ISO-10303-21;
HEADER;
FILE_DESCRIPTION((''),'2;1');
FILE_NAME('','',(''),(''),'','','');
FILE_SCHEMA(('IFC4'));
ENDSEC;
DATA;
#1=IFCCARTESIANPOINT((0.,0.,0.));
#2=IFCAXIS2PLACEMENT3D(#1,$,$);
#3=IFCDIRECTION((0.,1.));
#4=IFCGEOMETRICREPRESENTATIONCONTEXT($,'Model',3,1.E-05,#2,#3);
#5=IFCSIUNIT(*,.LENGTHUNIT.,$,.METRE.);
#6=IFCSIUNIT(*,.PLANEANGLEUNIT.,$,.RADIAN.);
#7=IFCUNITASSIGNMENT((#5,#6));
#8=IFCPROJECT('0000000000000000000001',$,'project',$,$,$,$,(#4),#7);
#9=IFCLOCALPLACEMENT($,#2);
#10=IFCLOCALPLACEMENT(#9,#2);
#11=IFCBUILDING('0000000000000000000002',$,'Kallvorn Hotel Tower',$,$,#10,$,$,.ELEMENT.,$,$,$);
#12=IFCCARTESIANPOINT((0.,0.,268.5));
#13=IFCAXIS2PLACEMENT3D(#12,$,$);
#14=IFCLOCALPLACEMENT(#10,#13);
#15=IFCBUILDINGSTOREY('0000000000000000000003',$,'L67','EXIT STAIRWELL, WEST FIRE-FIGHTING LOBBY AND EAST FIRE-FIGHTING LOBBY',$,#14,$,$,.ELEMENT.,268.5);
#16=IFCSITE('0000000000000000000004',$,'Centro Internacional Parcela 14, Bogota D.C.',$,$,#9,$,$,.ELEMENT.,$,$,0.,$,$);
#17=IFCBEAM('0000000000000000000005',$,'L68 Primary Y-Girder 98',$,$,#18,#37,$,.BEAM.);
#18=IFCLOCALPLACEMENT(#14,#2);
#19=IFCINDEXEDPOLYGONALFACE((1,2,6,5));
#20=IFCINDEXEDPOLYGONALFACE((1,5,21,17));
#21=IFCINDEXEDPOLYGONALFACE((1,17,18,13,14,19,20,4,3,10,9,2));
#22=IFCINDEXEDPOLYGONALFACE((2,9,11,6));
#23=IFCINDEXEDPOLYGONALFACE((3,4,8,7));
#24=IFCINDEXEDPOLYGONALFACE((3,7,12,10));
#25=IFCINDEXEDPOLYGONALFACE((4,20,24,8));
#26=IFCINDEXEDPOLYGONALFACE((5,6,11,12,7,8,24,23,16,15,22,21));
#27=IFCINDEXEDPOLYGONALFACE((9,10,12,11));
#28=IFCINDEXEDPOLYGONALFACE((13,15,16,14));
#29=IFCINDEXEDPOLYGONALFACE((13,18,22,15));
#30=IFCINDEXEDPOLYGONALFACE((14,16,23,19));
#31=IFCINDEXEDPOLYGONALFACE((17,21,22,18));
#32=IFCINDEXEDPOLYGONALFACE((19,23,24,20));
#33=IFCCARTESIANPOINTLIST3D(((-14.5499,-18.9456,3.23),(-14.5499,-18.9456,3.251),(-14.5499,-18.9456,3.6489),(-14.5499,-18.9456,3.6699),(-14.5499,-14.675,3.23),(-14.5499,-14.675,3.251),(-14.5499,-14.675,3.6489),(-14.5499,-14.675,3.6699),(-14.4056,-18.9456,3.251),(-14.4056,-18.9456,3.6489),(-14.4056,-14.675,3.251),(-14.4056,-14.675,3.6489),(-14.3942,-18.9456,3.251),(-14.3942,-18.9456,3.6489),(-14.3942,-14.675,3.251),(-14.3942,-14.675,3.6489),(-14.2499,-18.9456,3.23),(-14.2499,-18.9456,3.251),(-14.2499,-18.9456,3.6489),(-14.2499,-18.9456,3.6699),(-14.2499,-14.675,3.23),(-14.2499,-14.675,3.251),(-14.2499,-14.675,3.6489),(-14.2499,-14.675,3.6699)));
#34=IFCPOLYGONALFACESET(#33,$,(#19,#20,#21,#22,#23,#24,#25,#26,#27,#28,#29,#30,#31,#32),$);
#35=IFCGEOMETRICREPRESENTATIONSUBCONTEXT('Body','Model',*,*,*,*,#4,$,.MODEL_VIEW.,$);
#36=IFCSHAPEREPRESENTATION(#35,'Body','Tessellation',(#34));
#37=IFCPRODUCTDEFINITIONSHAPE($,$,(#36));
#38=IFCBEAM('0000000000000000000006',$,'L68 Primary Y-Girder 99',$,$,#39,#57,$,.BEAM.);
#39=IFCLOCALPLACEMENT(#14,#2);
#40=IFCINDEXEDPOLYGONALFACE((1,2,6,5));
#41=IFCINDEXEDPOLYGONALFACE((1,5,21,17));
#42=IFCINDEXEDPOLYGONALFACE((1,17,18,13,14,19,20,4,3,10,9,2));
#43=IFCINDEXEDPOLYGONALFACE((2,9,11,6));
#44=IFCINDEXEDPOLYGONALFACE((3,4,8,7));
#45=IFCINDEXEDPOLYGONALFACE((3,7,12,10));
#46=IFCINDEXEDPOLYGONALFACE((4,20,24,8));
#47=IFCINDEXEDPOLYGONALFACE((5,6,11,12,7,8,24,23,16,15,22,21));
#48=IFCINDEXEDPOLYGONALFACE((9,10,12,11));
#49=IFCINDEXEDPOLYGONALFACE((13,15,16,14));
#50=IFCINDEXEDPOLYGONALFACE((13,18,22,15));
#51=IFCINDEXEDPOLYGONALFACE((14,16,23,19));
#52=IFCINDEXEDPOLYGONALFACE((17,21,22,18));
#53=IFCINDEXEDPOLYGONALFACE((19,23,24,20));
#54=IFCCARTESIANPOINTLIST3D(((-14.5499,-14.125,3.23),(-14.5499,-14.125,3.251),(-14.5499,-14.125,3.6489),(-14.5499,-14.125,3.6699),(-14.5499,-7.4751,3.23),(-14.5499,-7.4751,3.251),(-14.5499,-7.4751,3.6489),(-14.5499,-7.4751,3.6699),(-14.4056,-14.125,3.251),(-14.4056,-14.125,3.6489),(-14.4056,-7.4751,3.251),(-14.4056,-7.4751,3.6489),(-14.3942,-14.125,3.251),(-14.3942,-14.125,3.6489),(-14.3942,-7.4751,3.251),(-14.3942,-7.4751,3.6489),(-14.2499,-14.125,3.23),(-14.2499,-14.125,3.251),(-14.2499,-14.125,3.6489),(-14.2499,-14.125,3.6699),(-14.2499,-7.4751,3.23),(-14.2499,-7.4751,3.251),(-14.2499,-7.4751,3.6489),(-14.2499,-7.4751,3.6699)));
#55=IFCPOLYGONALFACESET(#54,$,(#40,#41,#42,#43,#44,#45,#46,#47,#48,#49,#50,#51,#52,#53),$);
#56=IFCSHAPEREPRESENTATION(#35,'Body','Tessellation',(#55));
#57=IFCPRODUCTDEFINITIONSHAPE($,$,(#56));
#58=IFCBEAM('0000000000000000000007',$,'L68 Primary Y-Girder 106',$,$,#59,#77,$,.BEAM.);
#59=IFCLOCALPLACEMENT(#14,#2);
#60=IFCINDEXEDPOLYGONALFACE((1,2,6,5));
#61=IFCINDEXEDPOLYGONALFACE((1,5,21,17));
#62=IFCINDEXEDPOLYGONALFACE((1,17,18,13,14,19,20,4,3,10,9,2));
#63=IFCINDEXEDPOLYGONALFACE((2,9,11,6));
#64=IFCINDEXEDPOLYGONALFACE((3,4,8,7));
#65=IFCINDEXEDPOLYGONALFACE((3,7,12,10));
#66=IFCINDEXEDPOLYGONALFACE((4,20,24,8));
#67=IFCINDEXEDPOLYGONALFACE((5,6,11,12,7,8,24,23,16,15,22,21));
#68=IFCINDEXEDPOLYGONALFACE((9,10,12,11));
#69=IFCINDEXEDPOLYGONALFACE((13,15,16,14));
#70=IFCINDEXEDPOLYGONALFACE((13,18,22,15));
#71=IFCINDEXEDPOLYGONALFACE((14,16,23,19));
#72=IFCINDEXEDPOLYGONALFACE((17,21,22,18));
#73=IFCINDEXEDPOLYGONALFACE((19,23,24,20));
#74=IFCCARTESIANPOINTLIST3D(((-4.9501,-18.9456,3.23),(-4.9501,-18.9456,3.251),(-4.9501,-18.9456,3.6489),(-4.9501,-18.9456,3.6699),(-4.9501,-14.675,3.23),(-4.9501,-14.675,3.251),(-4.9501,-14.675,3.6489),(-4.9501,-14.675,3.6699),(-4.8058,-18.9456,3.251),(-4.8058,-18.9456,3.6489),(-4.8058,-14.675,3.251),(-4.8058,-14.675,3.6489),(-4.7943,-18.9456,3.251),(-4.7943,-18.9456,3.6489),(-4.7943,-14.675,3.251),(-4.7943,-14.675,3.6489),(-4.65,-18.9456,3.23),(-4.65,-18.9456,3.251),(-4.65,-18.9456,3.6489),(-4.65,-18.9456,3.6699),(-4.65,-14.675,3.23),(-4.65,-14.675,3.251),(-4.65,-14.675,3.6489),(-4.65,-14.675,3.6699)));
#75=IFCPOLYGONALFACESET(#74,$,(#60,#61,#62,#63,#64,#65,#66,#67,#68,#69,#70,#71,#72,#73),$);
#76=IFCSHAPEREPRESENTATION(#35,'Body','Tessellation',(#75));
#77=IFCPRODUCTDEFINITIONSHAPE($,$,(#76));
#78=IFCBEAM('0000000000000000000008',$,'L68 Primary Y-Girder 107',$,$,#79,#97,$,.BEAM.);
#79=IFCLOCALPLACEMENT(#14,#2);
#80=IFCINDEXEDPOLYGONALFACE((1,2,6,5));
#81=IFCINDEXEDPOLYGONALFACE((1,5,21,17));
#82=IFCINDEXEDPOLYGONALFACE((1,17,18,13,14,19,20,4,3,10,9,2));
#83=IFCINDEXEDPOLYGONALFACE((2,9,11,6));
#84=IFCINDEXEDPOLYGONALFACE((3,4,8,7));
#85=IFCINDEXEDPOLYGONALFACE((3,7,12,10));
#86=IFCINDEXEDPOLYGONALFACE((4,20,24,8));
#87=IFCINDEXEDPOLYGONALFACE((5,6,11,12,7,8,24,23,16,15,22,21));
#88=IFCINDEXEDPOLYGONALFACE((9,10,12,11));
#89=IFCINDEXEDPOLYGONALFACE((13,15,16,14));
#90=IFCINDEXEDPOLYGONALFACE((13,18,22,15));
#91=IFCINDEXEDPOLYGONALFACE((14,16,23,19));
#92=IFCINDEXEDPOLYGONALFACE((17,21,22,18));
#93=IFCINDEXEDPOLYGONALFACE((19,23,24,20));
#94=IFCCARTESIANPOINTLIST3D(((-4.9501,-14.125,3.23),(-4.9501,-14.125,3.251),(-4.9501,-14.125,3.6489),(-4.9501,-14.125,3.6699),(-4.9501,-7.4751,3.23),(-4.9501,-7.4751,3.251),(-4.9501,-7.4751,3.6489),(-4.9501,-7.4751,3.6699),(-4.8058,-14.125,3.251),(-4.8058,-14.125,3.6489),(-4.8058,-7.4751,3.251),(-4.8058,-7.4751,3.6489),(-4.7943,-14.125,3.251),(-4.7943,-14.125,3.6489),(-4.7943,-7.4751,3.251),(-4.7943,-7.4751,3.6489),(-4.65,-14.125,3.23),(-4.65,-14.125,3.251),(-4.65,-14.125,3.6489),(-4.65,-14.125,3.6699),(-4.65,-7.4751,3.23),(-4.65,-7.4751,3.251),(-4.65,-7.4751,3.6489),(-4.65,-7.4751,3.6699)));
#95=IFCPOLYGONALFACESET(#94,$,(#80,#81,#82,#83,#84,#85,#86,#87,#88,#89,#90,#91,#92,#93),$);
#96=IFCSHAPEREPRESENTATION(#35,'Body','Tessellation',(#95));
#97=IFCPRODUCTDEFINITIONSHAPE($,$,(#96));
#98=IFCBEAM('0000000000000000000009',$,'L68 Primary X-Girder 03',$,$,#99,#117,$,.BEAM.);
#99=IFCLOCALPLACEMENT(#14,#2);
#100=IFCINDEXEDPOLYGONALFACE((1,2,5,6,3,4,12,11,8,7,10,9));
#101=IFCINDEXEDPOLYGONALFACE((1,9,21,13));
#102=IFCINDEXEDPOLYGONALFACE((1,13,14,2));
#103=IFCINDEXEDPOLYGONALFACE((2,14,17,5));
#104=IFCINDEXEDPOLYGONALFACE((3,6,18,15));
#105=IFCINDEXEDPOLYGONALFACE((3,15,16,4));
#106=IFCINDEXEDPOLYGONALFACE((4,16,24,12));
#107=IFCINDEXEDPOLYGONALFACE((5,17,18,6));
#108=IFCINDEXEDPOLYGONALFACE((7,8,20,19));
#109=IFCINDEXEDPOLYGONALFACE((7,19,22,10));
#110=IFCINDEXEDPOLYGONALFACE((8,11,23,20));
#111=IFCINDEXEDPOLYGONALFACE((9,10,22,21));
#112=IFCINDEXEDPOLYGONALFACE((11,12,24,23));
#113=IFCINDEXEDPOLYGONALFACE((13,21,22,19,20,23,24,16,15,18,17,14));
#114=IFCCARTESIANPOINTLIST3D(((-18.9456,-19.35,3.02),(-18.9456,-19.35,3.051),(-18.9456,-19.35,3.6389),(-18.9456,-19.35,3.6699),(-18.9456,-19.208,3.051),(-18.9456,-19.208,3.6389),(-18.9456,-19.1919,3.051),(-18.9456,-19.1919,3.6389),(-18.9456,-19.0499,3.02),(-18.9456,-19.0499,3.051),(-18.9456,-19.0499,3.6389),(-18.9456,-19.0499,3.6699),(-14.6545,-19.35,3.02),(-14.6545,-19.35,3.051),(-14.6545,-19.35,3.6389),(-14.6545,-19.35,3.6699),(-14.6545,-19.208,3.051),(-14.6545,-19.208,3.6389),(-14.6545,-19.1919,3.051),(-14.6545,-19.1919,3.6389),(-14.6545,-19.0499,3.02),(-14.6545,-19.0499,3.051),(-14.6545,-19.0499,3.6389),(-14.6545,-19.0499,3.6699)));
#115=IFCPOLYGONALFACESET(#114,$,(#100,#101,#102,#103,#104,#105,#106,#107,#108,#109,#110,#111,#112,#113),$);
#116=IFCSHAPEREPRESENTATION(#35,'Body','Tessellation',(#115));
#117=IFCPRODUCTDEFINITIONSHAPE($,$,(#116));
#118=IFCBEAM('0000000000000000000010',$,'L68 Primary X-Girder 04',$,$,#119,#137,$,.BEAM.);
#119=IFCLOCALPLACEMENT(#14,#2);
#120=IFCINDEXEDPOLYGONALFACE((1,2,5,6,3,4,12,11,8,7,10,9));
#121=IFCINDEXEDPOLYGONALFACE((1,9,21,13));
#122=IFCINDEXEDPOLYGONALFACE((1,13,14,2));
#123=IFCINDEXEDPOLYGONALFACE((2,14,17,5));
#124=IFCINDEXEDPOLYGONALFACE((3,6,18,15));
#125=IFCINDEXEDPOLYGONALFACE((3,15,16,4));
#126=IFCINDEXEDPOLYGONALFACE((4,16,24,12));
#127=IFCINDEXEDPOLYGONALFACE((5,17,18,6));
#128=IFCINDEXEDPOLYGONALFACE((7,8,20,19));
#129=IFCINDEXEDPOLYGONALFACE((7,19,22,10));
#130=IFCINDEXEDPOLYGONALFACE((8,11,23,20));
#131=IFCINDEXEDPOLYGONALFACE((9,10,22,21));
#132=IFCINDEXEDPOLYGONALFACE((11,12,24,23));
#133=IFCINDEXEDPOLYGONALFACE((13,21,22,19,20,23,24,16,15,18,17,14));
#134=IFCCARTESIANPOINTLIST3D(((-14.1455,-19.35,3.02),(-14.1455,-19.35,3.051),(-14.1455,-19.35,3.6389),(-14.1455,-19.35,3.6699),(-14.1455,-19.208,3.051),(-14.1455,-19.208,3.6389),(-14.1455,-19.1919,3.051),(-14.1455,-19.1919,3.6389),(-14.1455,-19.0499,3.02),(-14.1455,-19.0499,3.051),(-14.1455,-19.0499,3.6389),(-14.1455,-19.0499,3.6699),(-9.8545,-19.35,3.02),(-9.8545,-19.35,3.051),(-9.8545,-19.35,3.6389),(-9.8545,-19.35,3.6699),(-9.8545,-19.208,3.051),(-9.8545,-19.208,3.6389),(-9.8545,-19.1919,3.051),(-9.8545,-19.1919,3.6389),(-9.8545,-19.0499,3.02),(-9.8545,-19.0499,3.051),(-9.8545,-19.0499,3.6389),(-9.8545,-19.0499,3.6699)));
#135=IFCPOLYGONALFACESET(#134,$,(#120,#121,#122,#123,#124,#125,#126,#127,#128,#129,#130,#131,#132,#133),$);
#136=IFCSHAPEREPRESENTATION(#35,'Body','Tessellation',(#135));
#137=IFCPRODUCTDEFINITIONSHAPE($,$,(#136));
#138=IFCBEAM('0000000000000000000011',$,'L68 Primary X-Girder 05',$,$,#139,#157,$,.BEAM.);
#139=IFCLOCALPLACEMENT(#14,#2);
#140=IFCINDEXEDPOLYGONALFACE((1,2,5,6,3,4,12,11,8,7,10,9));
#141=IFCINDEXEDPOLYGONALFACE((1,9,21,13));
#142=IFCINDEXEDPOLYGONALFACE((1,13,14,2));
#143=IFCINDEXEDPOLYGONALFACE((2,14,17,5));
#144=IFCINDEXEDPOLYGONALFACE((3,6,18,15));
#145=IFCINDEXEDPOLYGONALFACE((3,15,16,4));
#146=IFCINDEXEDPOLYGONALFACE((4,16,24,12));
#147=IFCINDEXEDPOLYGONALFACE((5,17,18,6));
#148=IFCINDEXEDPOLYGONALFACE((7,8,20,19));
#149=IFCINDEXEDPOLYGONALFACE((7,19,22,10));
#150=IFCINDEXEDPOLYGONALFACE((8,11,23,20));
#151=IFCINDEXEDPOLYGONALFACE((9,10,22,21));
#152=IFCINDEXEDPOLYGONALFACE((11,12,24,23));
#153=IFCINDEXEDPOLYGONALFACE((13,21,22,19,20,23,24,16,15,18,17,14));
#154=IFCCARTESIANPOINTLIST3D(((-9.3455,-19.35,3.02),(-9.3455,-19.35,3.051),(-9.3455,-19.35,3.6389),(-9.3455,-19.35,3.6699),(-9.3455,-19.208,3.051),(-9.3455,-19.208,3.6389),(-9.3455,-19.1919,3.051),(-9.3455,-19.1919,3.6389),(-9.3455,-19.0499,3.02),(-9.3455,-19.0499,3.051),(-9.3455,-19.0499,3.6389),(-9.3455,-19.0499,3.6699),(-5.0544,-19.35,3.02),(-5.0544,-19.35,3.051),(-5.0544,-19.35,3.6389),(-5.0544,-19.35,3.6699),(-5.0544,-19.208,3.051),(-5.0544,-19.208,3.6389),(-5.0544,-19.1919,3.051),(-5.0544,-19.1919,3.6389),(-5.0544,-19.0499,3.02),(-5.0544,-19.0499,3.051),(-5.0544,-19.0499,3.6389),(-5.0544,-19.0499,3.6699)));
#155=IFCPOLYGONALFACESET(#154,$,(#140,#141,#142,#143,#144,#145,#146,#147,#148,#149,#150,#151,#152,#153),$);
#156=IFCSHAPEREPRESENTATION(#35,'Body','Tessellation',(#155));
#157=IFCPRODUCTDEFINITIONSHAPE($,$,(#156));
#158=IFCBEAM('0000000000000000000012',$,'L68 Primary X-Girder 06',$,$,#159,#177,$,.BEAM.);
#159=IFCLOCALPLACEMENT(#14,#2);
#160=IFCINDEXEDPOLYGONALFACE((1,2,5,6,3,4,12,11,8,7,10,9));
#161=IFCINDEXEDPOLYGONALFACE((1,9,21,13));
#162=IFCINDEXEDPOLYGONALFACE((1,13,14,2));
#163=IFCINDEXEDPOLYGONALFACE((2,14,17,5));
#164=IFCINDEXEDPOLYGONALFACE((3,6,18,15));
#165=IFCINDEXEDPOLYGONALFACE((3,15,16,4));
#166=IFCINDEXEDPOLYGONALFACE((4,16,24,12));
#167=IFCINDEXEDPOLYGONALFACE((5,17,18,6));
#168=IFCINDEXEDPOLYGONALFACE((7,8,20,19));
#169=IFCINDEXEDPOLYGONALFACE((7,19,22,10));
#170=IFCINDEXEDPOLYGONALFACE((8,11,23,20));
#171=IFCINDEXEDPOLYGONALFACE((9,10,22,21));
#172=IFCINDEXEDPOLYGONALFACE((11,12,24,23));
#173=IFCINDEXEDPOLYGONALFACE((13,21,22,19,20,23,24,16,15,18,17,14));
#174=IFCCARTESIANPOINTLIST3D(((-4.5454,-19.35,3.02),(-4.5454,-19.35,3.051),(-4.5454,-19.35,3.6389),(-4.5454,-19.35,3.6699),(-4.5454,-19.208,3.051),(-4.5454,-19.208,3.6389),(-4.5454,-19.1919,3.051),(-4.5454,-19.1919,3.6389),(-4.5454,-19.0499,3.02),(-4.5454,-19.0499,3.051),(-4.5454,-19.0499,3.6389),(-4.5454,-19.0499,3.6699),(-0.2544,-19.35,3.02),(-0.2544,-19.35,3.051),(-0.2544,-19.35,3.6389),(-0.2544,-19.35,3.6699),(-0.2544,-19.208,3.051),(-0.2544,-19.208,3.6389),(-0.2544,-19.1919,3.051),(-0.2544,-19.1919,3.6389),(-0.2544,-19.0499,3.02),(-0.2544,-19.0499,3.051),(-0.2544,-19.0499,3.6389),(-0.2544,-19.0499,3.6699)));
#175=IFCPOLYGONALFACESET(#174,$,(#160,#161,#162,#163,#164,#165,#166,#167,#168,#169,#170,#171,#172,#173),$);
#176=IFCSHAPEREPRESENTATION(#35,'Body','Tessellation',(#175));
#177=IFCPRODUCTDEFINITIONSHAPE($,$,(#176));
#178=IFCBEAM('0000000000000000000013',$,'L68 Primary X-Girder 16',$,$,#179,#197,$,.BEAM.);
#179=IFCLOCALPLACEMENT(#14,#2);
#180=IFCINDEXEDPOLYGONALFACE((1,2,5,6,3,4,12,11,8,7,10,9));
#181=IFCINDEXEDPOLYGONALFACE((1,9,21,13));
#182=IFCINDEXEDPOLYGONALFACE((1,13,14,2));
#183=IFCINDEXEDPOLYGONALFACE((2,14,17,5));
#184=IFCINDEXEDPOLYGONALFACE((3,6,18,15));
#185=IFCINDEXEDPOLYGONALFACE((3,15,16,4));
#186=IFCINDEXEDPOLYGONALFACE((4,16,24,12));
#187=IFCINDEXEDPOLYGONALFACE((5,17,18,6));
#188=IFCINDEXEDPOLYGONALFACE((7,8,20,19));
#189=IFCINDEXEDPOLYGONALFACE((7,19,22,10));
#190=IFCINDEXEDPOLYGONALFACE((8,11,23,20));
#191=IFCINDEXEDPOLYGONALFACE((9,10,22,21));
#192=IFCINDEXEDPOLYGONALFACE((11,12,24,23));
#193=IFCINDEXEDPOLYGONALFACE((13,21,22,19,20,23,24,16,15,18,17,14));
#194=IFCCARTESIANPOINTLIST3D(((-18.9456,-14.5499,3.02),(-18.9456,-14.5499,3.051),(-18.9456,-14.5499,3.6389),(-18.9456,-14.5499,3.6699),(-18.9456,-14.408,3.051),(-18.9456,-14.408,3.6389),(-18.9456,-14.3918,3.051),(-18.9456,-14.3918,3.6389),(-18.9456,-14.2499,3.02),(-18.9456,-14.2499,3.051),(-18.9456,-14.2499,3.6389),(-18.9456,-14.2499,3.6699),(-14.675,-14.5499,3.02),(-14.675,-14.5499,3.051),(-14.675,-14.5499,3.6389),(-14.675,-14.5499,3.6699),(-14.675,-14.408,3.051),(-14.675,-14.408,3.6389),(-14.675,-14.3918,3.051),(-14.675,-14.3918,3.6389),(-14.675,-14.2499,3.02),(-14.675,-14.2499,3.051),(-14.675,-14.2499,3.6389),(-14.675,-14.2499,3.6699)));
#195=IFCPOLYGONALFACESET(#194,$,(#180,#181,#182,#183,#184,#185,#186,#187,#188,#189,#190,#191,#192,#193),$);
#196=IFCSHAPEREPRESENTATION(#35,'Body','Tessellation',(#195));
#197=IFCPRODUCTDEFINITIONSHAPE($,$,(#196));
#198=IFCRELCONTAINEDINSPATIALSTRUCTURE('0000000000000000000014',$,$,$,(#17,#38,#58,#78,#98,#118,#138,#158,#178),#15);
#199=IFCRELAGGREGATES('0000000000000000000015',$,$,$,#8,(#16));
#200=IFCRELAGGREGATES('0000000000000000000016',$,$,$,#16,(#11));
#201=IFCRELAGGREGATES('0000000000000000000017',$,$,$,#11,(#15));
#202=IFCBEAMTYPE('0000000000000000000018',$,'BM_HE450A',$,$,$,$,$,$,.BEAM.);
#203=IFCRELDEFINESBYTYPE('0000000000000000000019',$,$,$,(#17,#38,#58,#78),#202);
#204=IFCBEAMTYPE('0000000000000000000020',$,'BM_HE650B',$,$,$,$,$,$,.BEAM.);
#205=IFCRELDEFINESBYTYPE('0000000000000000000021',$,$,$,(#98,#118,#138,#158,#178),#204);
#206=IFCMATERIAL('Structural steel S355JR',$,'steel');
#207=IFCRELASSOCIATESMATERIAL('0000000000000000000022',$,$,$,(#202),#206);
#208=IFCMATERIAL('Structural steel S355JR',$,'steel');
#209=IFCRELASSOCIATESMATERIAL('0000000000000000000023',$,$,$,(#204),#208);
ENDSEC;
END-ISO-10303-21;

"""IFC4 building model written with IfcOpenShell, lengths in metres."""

from ifc_helpers import new_model, si_unit, direction, frame, origin, origin_2d, place, context, subcontext, project, spatial, i_section, extrude, material, material_profile, profile_set, type_object, element, save


model = new_model("IFC4")

# Units and contexts
model_context = context("Model", 3, precision=1e-05, world=origin(), true_north=direction((0.0, 1.0)))
body_context = subcontext(model_context, "Body", "Model", "MODEL_VIEW")
ifc_project = project(units=[si_unit("LENGTHUNIT", "METRE"), si_unit("PLANEANGLEUNIT", "RADIAN")], contexts=[model_context])

# Site, building, storey
site_placement = place(None, origin())
site = spatial("IfcSite", under=ifc_project, at=site_placement, Name="Centro Internacional Parcela 14, Bogota D.C.", CompositionType="ELEMENT", RefElevation=0.0)
building_placement = place(site_placement, origin())
building = spatial("IfcBuilding", under=site, at=building_placement, Name="Kallvorn Hotel Tower", CompositionType="ELEMENT")
storey_placement = place(building_placement, frame((0.0, 0.0, 268.5)))
storey = spatial("IfcBuildingStorey", under=building, at=storey_placement, Name="L67", Description="EXIT STAIRWELL, WEST FIRE-FIGHTING LOBBY AND EAST FIRE-FIGHTING LOBBY", CompositionType="ELEMENT", Elevation=268.5)

# Beams
ifc_material_1 = material(Name="Structural steel S355JR", Category="steel")
ifc_material_profile_1 = material_profile(ifc_material_1, i_section(OverallWidth=0.3, OverallDepth=0.4399, WebThickness=0.0115, FlangeThickness=0.021, at=origin_2d()), Name="HE 450 A")
ifc_profile_set_1 = profile_set([ifc_material_profile_1], Name="Structural steel S355JR")
beam_type_1 = type_object("IfcBeamType", Name="BM_HE450A", PredefinedType="BEAM", material=ifc_profile_set_1)
beam_1_placement = place(storey_placement, frame((-14.3999, -18.9456, 3.45), z_axis=(0.0, 1.0, 0.0), x_axis=(-1.0, 0.0, 0.0)))
element("IfcBeam", 1, at=beam_1_placement, inside=storey, type_object=beam_type_1, Name="L68 Primary Y-Girder 98", PredefinedType="BEAM", context=body_context, shape_type="SweptSolid", body=[
    extrude(i_section(OverallWidth=0.3, OverallDepth=0.4399, WebThickness=0.0115, FlangeThickness=0.021, at=origin_2d()), origin(), (0.0, 0.0, 1.0), 4.2705),
])
beam_2_placement = place(storey_placement, frame((-14.3999, -14.125, 3.45), z_axis=(0.0, 1.0, 0.0), x_axis=(-1.0, 0.0, 0.0)))
element("IfcBeam", 2, at=beam_2_placement, inside=storey, type_object=beam_type_1, Name="L68 Primary Y-Girder 99", PredefinedType="BEAM", context=body_context, shape_type="SweptSolid", body=[
    extrude(i_section(OverallWidth=0.3, OverallDepth=0.4399, WebThickness=0.0115, FlangeThickness=0.021, at=origin_2d()), origin(), (0.0, 0.0, 1.0), 6.6499),
])
beam_3_placement = place(storey_placement, frame((-4.8, -18.9456, 3.45), z_axis=(0.0, 1.0, 0.0), x_axis=(-1.0, 0.0, 0.0)))
element("IfcBeam", 3, at=beam_3_placement, inside=storey, type_object=beam_type_1, Name="L68 Primary Y-Girder 106", PredefinedType="BEAM", context=body_context, shape_type="SweptSolid", body=[
    extrude(i_section(OverallWidth=0.3, OverallDepth=0.4399, WebThickness=0.0115, FlangeThickness=0.021, at=origin_2d()), origin(), (0.0, 0.0, 1.0), 4.2705),
])
beam_4_placement = place(storey_placement, frame((-4.8, -14.125, 3.45), z_axis=(0.0, 1.0, 0.0), x_axis=(-1.0, 0.0, 0.0)))
element("IfcBeam", 4, at=beam_4_placement, inside=storey, type_object=beam_type_1, Name="L68 Primary Y-Girder 107", PredefinedType="BEAM", context=body_context, shape_type="SweptSolid", body=[
    extrude(i_section(OverallWidth=0.3, OverallDepth=0.4399, WebThickness=0.0115, FlangeThickness=0.021, at=origin_2d()), origin(), (0.0, 0.0, 1.0), 6.6499),
])
ifc_material_2 = material(Name="Structural steel S355JR", Category="steel")
ifc_material_profile_2 = material_profile(ifc_material_2, i_section(OverallWidth=0.3, OverallDepth=0.6499, WebThickness=0.0161, FlangeThickness=0.031, at=origin_2d()), Name="HE 650 B")
ifc_profile_set_2 = profile_set([ifc_material_profile_2], Name="Structural steel S355JR")
beam_type_2 = type_object("IfcBeamType", Name="BM_HE650B", PredefinedType="BEAM", material=ifc_profile_set_2)
for number, where, z_axis, x_axis, name in (
    (5, (-18.9456, -19.2, 3.345), (1.0, 0.0, 0.0), (0.0, 1.0, 0.0), "L68 Primary X-Girder 03"),
    (6, (-14.1455, -19.2, 3.345), (1.0, 0.0, 0.0), (0.0, 1.0, 0.0), "L68 Primary X-Girder 04"),
    (7, (-9.3455, -19.2, 3.345), (1.0, 0.0, 0.0), (0.0, 1.0, 0.0), "L68 Primary X-Girder 05"),
    (8, (-4.5454, -19.2, 3.345), (1.0, 0.0, 0.0), (0.0, 1.0, 0.0), "L68 Primary X-Girder 06"),
):
    element("IfcBeam", number, at=place(storey_placement, frame(where, z_axis=z_axis, x_axis=x_axis)), inside=storey, type_object=beam_type_2, Name=name, PredefinedType="BEAM", context=body_context, shape_type="SweptSolid", body=[
        extrude(i_section(OverallWidth=0.3, OverallDepth=0.6499, WebThickness=0.0161, FlangeThickness=0.031, at=origin_2d()), origin(), (0.0, 0.0, 1.0), 4.291),
    ])
beam_5_placement = place(storey_placement, frame((-18.9456, -14.3999, 3.345), z_axis=(1.0, 0.0, 0.0), x_axis=(0.0, 1.0, 0.0)))
element("IfcBeam", 9, at=beam_5_placement, inside=storey, type_object=beam_type_2, Name="L68 Primary X-Girder 16", PredefinedType="BEAM", context=body_context, shape_type="SweptSolid", body=[
    extrude(i_section(OverallWidth=0.3, OverallDepth=0.6499, WebThickness=0.0161, FlangeThickness=0.031, at=origin_2d()), origin(), (0.0, 0.0, 1.0), 4.2705),
])

save(model, "model.ifc")
